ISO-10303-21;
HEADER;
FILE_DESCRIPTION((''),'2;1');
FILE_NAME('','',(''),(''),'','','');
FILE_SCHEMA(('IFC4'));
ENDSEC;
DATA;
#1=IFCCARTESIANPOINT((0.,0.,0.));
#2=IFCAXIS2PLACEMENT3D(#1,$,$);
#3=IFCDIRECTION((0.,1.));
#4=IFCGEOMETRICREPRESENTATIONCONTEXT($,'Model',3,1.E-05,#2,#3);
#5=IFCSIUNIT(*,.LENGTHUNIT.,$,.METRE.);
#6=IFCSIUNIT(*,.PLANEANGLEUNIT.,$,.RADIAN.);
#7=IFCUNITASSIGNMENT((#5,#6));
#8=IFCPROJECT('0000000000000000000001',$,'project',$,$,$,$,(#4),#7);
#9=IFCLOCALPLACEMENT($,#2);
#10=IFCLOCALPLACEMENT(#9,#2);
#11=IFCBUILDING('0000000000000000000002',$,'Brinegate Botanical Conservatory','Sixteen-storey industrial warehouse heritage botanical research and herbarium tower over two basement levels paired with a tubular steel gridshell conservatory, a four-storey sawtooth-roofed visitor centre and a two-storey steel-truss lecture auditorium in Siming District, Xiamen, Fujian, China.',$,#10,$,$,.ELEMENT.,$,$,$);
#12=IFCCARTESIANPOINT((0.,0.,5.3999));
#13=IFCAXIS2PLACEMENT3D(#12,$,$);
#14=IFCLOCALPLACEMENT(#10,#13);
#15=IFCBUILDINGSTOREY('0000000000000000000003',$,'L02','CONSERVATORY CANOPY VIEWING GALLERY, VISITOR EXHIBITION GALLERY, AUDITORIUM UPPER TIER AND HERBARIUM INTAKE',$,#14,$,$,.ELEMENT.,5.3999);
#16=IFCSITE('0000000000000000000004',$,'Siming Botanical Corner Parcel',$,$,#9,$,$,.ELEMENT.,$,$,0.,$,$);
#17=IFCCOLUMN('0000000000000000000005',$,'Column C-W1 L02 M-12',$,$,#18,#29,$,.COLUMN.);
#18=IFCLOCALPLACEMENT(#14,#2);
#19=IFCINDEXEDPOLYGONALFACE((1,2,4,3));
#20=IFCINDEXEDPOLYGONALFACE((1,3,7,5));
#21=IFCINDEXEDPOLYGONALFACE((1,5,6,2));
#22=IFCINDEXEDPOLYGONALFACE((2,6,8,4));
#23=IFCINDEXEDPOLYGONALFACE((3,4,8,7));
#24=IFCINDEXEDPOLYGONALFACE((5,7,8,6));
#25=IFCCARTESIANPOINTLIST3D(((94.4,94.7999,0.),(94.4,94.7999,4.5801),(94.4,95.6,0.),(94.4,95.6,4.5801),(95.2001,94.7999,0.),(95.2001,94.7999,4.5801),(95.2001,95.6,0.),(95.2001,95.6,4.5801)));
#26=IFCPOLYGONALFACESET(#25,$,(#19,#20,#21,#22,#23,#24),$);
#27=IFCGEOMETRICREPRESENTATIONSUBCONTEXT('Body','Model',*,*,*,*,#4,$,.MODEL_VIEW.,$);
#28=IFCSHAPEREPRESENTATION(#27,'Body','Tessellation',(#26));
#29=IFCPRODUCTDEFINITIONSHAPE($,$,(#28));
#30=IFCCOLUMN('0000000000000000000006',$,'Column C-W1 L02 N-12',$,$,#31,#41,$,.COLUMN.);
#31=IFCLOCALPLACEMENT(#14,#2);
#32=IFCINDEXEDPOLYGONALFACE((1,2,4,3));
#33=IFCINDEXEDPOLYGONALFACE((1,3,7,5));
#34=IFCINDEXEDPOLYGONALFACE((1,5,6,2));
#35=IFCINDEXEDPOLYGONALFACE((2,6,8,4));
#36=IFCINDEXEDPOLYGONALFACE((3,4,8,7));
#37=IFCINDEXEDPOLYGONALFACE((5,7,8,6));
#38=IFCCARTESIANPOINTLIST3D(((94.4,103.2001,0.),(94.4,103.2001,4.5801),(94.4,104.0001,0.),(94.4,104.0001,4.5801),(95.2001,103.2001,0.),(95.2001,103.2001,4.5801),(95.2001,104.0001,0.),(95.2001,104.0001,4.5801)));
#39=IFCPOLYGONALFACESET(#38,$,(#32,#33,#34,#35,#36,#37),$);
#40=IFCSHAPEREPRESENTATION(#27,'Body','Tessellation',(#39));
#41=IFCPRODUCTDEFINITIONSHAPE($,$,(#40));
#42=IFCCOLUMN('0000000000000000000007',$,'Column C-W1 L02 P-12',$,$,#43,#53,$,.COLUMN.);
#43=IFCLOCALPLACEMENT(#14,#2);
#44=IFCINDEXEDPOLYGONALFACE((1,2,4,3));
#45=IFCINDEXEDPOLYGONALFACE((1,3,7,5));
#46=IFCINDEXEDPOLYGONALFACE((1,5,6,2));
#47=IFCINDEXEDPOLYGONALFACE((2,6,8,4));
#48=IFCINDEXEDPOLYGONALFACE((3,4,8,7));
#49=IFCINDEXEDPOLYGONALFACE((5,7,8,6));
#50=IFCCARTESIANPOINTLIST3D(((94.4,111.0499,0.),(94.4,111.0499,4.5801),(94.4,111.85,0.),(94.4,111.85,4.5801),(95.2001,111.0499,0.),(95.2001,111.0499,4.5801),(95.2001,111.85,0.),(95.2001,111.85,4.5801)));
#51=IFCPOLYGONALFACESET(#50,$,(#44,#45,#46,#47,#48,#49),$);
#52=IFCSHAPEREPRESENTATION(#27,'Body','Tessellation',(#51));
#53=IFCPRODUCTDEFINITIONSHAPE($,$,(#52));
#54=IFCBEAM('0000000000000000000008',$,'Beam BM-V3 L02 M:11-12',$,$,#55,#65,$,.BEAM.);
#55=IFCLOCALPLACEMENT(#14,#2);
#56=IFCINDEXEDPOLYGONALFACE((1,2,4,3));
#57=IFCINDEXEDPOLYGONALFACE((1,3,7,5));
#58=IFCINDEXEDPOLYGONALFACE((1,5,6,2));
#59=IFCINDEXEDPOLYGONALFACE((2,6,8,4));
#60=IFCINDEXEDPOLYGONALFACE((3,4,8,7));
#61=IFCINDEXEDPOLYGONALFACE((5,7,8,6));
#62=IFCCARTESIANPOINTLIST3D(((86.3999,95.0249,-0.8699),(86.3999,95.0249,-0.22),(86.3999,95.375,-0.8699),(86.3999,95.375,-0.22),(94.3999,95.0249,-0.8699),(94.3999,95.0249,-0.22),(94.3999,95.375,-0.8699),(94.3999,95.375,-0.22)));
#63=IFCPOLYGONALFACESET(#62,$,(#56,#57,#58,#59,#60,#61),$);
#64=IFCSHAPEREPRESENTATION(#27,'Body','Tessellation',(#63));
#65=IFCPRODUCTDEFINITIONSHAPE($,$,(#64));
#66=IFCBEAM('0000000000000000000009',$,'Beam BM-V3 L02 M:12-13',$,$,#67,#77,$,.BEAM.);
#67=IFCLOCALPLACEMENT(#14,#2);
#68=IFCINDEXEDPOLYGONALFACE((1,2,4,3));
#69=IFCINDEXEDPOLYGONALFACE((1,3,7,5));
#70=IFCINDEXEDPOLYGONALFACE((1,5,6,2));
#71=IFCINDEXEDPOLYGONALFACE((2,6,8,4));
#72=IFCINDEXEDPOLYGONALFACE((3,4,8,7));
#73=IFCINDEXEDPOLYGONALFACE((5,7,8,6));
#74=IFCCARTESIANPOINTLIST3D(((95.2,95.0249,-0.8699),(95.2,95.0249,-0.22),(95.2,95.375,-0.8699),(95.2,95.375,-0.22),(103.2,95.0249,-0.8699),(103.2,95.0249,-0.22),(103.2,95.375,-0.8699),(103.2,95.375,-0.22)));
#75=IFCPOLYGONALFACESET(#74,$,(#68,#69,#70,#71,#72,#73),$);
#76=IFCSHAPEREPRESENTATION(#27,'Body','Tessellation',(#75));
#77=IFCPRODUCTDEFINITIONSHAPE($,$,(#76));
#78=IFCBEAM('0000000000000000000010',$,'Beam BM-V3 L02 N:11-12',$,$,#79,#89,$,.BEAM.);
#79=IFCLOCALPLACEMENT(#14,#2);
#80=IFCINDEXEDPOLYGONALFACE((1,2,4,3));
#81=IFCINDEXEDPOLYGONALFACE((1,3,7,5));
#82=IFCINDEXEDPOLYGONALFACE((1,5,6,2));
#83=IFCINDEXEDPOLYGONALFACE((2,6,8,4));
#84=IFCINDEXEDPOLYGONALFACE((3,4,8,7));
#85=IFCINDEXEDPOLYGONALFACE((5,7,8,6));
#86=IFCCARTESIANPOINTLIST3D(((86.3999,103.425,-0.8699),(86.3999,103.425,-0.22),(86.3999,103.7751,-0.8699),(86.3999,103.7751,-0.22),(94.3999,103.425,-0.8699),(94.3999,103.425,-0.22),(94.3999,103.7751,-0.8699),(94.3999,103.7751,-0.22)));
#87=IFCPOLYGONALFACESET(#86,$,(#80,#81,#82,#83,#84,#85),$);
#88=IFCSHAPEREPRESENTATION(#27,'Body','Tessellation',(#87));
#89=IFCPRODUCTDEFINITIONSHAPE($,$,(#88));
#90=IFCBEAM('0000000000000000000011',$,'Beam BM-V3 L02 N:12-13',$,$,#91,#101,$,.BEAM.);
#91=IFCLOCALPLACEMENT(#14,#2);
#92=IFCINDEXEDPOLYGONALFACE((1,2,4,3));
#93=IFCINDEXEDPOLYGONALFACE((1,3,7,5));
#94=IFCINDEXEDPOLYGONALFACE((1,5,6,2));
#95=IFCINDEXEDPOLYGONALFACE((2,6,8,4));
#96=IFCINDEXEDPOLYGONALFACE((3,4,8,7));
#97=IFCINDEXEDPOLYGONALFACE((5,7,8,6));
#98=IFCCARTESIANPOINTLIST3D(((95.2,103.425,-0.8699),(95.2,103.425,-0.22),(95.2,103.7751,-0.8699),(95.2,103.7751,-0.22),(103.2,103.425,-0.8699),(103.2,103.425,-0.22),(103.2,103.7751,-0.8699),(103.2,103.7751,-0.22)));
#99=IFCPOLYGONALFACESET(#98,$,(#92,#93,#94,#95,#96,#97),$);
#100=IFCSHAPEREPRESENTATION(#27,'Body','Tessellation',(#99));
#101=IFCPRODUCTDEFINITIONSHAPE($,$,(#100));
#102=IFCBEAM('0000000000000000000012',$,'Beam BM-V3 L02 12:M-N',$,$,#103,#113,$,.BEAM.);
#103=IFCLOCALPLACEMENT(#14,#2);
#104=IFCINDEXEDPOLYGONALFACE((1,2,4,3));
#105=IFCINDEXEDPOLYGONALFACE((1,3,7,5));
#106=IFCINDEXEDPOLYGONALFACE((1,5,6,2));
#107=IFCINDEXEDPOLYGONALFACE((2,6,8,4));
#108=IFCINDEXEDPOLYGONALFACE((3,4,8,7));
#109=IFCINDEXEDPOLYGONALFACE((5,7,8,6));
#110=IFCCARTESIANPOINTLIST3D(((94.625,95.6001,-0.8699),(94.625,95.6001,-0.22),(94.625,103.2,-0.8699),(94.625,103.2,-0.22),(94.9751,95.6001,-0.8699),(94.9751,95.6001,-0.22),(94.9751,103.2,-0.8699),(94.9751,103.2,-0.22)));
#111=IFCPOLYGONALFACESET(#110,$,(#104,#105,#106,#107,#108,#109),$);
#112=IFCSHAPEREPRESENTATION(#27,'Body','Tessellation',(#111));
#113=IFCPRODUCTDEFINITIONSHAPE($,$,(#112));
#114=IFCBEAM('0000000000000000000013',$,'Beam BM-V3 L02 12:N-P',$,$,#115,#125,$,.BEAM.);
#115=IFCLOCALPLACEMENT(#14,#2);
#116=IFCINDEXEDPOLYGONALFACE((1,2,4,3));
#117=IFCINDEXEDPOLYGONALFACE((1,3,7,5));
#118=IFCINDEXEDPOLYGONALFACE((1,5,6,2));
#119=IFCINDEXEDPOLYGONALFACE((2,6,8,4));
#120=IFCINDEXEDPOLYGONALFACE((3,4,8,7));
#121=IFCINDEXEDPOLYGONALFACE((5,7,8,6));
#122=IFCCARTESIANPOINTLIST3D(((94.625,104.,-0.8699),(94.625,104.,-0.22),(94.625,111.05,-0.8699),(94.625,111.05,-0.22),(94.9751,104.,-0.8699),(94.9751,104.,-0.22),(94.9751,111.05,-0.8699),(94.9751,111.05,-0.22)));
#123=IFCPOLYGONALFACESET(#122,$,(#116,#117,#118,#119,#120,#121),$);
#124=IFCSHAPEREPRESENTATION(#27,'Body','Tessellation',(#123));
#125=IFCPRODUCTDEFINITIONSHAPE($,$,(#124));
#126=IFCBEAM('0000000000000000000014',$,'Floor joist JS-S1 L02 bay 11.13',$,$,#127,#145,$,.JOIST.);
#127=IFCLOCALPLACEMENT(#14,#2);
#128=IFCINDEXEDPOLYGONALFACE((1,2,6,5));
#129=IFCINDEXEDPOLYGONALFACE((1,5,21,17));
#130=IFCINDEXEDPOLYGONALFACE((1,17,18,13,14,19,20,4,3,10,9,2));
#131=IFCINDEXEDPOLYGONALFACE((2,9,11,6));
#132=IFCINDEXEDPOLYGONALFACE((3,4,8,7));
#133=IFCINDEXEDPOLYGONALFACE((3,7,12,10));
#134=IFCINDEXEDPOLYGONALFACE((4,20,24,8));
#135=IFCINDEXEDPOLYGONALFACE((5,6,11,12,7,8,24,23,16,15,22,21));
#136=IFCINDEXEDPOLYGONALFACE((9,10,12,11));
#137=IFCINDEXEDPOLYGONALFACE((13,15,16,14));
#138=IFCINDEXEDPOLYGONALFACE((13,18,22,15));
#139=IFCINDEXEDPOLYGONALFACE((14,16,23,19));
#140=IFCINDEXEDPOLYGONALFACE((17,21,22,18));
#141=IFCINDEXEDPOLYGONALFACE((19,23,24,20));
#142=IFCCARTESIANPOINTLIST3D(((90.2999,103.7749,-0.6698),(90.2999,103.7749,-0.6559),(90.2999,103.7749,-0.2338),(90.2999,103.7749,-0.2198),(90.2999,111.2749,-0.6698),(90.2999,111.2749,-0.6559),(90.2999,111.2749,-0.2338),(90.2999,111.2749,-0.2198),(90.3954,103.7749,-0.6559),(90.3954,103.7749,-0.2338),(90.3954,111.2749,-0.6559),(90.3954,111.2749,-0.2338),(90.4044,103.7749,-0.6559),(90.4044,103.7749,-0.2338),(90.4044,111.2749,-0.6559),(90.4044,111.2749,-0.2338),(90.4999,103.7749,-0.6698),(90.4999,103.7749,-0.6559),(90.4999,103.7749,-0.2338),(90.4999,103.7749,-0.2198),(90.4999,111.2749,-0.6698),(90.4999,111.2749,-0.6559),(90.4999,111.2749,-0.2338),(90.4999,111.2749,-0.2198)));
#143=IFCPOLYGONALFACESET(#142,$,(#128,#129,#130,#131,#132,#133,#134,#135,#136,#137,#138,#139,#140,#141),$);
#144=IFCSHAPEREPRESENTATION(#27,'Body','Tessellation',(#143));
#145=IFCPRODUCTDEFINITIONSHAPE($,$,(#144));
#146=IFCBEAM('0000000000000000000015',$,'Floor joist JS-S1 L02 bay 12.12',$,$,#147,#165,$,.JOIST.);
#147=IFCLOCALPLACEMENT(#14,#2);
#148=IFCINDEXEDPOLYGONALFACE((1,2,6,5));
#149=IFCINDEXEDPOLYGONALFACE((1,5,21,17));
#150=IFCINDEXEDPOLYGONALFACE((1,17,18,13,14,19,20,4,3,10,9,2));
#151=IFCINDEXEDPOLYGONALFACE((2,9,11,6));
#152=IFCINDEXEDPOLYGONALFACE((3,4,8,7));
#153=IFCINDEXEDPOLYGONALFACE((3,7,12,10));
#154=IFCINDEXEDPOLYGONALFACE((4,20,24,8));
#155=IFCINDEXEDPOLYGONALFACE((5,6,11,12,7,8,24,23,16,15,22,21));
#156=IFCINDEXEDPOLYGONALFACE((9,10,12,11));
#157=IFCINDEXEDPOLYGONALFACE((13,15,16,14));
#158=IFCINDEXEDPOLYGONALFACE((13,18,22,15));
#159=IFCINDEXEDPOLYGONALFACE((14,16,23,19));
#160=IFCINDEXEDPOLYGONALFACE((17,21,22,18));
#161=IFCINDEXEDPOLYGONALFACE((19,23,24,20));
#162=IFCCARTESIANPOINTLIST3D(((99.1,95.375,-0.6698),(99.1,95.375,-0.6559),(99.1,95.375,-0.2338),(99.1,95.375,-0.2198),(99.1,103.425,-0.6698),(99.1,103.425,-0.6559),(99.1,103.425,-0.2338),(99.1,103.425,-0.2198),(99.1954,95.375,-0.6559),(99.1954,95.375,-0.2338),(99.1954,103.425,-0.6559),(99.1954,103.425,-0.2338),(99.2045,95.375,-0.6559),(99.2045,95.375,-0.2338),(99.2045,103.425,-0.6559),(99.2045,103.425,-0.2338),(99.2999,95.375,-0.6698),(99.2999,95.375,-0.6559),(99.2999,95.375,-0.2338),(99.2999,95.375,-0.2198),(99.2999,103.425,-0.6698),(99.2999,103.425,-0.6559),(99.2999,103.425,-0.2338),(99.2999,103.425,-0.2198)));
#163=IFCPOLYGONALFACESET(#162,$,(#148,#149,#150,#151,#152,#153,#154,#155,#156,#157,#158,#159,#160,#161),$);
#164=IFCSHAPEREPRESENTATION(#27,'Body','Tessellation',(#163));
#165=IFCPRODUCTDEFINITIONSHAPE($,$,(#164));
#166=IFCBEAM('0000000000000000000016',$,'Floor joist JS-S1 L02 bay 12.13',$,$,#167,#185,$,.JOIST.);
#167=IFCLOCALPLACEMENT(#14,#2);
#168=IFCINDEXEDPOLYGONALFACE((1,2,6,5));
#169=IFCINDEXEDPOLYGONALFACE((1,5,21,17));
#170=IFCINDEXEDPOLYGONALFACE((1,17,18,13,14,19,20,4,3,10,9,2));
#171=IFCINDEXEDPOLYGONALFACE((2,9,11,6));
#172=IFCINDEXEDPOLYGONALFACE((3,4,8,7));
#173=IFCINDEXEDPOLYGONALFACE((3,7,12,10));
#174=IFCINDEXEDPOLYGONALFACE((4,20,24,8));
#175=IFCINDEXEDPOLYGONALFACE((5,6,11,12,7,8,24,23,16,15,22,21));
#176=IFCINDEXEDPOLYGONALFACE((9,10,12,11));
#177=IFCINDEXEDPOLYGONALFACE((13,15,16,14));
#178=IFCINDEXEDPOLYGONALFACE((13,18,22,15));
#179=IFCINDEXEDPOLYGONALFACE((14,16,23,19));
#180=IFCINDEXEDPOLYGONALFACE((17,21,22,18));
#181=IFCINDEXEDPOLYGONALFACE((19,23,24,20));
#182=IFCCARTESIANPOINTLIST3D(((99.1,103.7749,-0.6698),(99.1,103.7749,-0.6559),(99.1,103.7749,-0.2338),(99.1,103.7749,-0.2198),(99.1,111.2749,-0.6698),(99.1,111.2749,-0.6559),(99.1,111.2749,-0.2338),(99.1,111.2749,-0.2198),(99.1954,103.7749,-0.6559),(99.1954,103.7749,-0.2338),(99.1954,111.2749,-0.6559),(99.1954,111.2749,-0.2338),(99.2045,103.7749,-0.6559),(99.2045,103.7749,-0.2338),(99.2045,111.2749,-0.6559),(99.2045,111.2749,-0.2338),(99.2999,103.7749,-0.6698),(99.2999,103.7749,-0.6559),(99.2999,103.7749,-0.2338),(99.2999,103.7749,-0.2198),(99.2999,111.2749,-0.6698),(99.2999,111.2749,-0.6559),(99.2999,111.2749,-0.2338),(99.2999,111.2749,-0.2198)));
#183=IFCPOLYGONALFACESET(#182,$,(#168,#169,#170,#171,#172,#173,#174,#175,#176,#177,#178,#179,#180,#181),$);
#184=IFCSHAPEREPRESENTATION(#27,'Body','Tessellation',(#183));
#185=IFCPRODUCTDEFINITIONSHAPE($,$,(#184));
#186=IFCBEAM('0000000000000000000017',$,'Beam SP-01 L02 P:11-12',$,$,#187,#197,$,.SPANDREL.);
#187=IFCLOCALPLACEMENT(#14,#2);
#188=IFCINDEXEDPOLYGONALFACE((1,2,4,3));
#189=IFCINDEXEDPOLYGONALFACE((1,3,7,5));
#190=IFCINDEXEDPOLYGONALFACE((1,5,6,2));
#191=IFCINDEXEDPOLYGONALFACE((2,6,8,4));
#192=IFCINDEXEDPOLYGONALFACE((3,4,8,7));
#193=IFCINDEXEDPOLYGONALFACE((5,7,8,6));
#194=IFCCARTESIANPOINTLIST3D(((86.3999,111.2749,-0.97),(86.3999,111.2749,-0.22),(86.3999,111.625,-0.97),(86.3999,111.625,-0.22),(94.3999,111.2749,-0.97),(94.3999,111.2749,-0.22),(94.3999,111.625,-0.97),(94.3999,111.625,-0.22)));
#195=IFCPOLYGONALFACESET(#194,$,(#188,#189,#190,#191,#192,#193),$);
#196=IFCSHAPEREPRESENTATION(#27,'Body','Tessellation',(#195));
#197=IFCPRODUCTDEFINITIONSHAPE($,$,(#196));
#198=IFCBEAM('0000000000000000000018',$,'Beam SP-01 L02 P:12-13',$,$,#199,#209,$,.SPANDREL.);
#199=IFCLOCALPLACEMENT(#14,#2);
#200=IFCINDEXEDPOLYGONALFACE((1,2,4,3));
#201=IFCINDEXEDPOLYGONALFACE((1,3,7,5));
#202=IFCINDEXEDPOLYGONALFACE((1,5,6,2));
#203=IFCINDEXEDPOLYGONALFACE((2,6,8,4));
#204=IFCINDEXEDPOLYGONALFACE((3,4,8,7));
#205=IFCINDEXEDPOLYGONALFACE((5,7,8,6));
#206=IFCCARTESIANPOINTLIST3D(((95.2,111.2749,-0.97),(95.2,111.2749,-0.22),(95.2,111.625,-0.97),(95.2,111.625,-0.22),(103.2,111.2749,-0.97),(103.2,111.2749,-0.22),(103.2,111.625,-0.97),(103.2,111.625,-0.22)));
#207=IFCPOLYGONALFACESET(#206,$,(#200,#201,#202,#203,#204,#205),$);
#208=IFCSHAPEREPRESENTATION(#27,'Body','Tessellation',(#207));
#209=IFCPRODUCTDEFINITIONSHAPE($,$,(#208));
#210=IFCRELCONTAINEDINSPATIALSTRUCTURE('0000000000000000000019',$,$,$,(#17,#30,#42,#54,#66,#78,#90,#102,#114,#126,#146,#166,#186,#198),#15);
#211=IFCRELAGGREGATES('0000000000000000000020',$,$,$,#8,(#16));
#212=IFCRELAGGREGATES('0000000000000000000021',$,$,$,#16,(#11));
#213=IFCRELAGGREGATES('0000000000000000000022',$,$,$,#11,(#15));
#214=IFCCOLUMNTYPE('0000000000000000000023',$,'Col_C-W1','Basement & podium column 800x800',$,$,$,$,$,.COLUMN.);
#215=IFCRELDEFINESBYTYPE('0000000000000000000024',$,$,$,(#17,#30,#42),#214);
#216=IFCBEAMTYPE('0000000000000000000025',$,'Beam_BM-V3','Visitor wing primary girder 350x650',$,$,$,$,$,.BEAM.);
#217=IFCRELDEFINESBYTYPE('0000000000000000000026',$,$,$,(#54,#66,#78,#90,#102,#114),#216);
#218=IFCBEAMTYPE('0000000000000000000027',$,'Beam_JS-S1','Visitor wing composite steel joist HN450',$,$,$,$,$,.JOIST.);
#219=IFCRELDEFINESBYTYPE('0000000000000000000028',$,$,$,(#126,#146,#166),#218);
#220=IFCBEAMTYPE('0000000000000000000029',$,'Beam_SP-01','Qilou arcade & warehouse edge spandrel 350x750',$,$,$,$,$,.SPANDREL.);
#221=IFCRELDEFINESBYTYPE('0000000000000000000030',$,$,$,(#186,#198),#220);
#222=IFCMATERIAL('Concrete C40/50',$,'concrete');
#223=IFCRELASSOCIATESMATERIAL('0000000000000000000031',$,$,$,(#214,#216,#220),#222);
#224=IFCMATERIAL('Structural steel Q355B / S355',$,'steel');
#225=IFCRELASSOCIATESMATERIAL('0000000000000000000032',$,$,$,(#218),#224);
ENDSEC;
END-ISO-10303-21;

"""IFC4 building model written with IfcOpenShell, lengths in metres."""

from ifc_helpers import new_model, si_unit, direction, frame, origin, origin_2d, place, context, subcontext, project, spatial, rectangle, i_section, extrude, material, material_profile, profile_set, type_object, element, save


model = new_model("IFC4")

# Units and contexts
model_context = context("Model", 3, precision=1e-05, world=origin(), true_north=direction((0.0, 1.0)))
body_context = subcontext(model_context, "Body", "Model", "MODEL_VIEW")
ifc_project = project(units=[si_unit("LENGTHUNIT", "METRE"), si_unit("PLANEANGLEUNIT", "RADIAN")], contexts=[model_context])

# Site, building, storey
site_placement = place(None, origin())
site = spatial("IfcSite", under=ifc_project, at=site_placement, Name="Siming Botanical Corner Parcel", CompositionType="ELEMENT", RefElevation=0.0)
building_placement = place(site_placement, origin())
building = spatial("IfcBuilding", under=site, at=building_placement, Name="Brinegate Botanical Conservatory", Description="Sixteen-storey industrial warehouse heritage botanical research and herbarium tower over two basement levels paired with a tubular steel gridshell conservatory, a four-storey sawtooth-roofed visitor centre and a two-storey steel-truss lecture auditorium in Siming District, Xiamen, Fujian, China.", CompositionType="ELEMENT")
storey_placement = place(building_placement, frame((0.0, 0.0, 5.3999)))
storey = spatial("IfcBuildingStorey", under=building, at=storey_placement, Name="L02", Description="CONSERVATORY CANOPY VIEWING GALLERY, VISITOR EXHIBITION GALLERY, AUDITORIUM UPPER TIER AND HERBARIUM INTAKE", CompositionType="ELEMENT", Elevation=5.3999)

# Columns
ifc_material_1 = material(Name="Concrete C40/50", Category="concrete")
ifc_material_profile_1 = material_profile(ifc_material_1, rectangle(XDim=0.8, YDim=0.8, at=origin_2d()), Name="RC COL 800x800")
ifc_profile_set_1 = profile_set([ifc_material_profile_1], Name="Concrete C40/50")
column_type = type_object("IfcColumnType", Name="Col_C-W1", Description="Basement & podium column 800x800", PredefinedType="COLUMN", material=ifc_profile_set_1)
for number, where, z_axis, x_axis, name in (
    (1, (94.8, 95.2, 0.0), (0.0, 0.0, 1.0), (1.0, 0.0, 0.0), "Column C-W1 L02 M-12"),
    (2, (94.8, 103.6001, 0.0), (0.0, 0.0, 1.0), (1.0, 0.0, 0.0), "Column C-W1 L02 N-12"),
    (3, (94.8, 111.45, 0.0), (0.0, 0.0, 1.0), (1.0, 0.0, 0.0), "Column C-W1 L02 P-12"),
):
    element("IfcColumn", number, at=place(storey_placement, frame(where, z_axis=z_axis, x_axis=x_axis)), inside=storey, type_object=column_type, Name=name, PredefinedType="COLUMN", context=body_context, shape_type="SweptSolid", body=[
        extrude(rectangle(XDim=0.8, YDim=0.8, at=origin_2d()), origin(), (0.0, 0.0, 1.0), 4.5801),
    ])

# Beams
ifc_material_profile_2 = material_profile(ifc_material_1, rectangle(XDim=0.3501, YDim=0.6499, at=origin_2d()), Name="RC BM 350x650")
ifc_profile_set_2 = profile_set([ifc_material_profile_2], Name="Concrete C40/50")
beam_type_1 = type_object("IfcBeamType", Name="Beam_BM-V3", Description="Visitor wing primary girder 350x650", PredefinedType="BEAM", material=ifc_profile_set_2)
for number, where, z_axis, x_axis, name in (
    (4, (86.3999, 95.2, -0.5449), (1.0, 0.0, 0.0), (0.0, 1.0, 0.0), "Beam BM-V3 L02 M:11-12"),
    (5, (95.2, 95.2, -0.5449), (1.0, 0.0, 0.0), (0.0, 1.0, 0.0), "Beam BM-V3 L02 M:12-13"),
    (6, (86.3999, 103.6001, -0.5449), (1.0, 0.0, 0.0), (0.0, 1.0, 0.0), "Beam BM-V3 L02 N:11-12"),
    (7, (95.2, 103.6001, -0.5449), (1.0, 0.0, 0.0), (0.0, 1.0, 0.0), "Beam BM-V3 L02 N:12-13"),
):
    element("IfcBeam", number, at=place(storey_placement, frame(where, z_axis=z_axis, x_axis=x_axis)), inside=storey, type_object=beam_type_1, Name=name, PredefinedType="BEAM", context=body_context, shape_type="SweptSolid", body=[
        extrude(rectangle(XDim=0.3501, YDim=0.6499, at=origin_2d()), origin(), (0.0, 0.0, 1.0), 8.0),
    ])
beam_1_placement = place(storey_placement, frame((94.8, 95.6001, -0.5449), z_axis=(0.0, 1.0, 0.0), x_axis=(-1.0, 0.0, 0.0)))
element("IfcBeam", 8, at=beam_1_placement, inside=storey, type_object=beam_type_1, Name="Beam BM-V3 L02 12:M-N", PredefinedType="BEAM", context=body_context, shape_type="SweptSolid", body=[
    extrude(rectangle(XDim=0.3501, YDim=0.6499, at=origin_2d()), origin(), (0.0, 0.0, 1.0), 7.5999),
])
beam_2_placement = place(storey_placement, frame((94.8, 104.0, -0.5449), z_axis=(0.0, 1.0, 0.0), x_axis=(-1.0, 0.0, 0.0)))
element("IfcBeam", 9, at=beam_2_placement, inside=storey, type_object=beam_type_1, Name="Beam BM-V3 L02 12:N-P", PredefinedType="BEAM", context=body_context, shape_type="SweptSolid", body=[
    extrude(rectangle(XDim=0.3501, YDim=0.6499, at=origin_2d()), origin(), (0.0, 0.0, 1.0), 7.05),
])
ifc_material_2 = material(Name="Structural steel Q355B / S355", Category="steel")
ifc_material_profile_3 = material_profile(ifc_material_2, i_section(OverallWidth=0.2, OverallDepth=0.45, WebThickness=0.009, FlangeThickness=0.0139, at=origin_2d()), Name="HN 450x200x9x14")
ifc_profile_set_3 = profile_set([ifc_material_profile_3], Name="Structural steel Q355B / S355")
beam_type_2 = type_object("IfcBeamType", Name="Beam_JS-S1", Description="Visitor wing composite steel joist HN450", PredefinedType="JOIST", material=ifc_profile_set_3)
beam_3_placement = place(storey_placement, frame((90.3999, 103.7749, -0.4448), z_axis=(0.0, 1.0, 0.0), x_axis=(-1.0, 0.0, 0.0)))
element("IfcBeam", 10, at=beam_3_placement, inside=storey, type_object=beam_type_2, Name="Floor joist JS-S1 L02 bay 11.13", PredefinedType="JOIST", context=body_context, shape_type="SweptSolid", body=[
    extrude(i_section(OverallWidth=0.2, OverallDepth=0.45, WebThickness=0.009, FlangeThickness=0.0139, at=origin_2d()), origin(), (0.0, 0.0, 1.0), 7.5),
])
beam_4_placement = place(storey_placement, frame((99.2, 95.375, -0.4448), z_axis=(0.0, 1.0, 0.0), x_axis=(-1.0, 0.0, 0.0)))
element("IfcBeam", 11, at=beam_4_placement, inside=storey, type_object=beam_type_2, Name="Floor joist JS-S1 L02 bay 12.12", PredefinedType="JOIST", context=body_context, shape_type="SweptSolid", body=[
    extrude(i_section(OverallWidth=0.2, OverallDepth=0.45, WebThickness=0.009, FlangeThickness=0.0139, at=origin_2d()), origin(), (0.0, 0.0, 1.0), 8.05),
])
beam_5_placement = place(storey_placement, frame((99.2, 103.7749, -0.4448), z_axis=(0.0, 1.0, 0.0), x_axis=(-1.0, 0.0, 0.0)))
element("IfcBeam", 12, at=beam_5_placement, inside=storey, type_object=beam_type_2, Name="Floor joist JS-S1 L02 bay 12.13", PredefinedType="JOIST", context=body_context, shape_type="SweptSolid", body=[
    extrude(i_section(OverallWidth=0.2, OverallDepth=0.45, WebThickness=0.009, FlangeThickness=0.0139, at=origin_2d()), origin(), (0.0, 0.0, 1.0), 7.5),
])
ifc_material_profile_4 = material_profile(ifc_material_1, rectangle(XDim=0.3501, YDim=0.75, at=origin_2d()), Name="RC SPN 350x750")
ifc_profile_set_4 = profile_set([ifc_material_profile_4], Name="Concrete C40/50")
beam_type_3 = type_object("IfcBeamType", Name="Beam_SP-01", Description="Qilou arcade & warehouse edge spandrel 350x750", PredefinedType="SPANDREL", material=ifc_profile_set_4)
for number, where, z_axis, x_axis, name in (
    (13, (86.3999, 111.45, -0.595), (1.0, 0.0, 0.0), (0.0, 1.0, 0.0), "Beam SP-01 L02 P:11-12"),
    (14, (95.2, 111.45, -0.595), (1.0, 0.0, 0.0), (0.0, 1.0, 0.0), "Beam SP-01 L02 P:12-13"),
):
    element("IfcBeam", number, at=place(storey_placement, frame(where, z_axis=z_axis, x_axis=x_axis)), inside=storey, type_object=beam_type_3, Name=name, PredefinedType="SPANDREL", context=body_context, shape_type="SweptSolid", body=[
        extrude(rectangle(XDim=0.3501, YDim=0.75, at=origin_2d()), origin(), (0.0, 0.0, 1.0), 8.0),
    ])

save(model, "model.ifc")
